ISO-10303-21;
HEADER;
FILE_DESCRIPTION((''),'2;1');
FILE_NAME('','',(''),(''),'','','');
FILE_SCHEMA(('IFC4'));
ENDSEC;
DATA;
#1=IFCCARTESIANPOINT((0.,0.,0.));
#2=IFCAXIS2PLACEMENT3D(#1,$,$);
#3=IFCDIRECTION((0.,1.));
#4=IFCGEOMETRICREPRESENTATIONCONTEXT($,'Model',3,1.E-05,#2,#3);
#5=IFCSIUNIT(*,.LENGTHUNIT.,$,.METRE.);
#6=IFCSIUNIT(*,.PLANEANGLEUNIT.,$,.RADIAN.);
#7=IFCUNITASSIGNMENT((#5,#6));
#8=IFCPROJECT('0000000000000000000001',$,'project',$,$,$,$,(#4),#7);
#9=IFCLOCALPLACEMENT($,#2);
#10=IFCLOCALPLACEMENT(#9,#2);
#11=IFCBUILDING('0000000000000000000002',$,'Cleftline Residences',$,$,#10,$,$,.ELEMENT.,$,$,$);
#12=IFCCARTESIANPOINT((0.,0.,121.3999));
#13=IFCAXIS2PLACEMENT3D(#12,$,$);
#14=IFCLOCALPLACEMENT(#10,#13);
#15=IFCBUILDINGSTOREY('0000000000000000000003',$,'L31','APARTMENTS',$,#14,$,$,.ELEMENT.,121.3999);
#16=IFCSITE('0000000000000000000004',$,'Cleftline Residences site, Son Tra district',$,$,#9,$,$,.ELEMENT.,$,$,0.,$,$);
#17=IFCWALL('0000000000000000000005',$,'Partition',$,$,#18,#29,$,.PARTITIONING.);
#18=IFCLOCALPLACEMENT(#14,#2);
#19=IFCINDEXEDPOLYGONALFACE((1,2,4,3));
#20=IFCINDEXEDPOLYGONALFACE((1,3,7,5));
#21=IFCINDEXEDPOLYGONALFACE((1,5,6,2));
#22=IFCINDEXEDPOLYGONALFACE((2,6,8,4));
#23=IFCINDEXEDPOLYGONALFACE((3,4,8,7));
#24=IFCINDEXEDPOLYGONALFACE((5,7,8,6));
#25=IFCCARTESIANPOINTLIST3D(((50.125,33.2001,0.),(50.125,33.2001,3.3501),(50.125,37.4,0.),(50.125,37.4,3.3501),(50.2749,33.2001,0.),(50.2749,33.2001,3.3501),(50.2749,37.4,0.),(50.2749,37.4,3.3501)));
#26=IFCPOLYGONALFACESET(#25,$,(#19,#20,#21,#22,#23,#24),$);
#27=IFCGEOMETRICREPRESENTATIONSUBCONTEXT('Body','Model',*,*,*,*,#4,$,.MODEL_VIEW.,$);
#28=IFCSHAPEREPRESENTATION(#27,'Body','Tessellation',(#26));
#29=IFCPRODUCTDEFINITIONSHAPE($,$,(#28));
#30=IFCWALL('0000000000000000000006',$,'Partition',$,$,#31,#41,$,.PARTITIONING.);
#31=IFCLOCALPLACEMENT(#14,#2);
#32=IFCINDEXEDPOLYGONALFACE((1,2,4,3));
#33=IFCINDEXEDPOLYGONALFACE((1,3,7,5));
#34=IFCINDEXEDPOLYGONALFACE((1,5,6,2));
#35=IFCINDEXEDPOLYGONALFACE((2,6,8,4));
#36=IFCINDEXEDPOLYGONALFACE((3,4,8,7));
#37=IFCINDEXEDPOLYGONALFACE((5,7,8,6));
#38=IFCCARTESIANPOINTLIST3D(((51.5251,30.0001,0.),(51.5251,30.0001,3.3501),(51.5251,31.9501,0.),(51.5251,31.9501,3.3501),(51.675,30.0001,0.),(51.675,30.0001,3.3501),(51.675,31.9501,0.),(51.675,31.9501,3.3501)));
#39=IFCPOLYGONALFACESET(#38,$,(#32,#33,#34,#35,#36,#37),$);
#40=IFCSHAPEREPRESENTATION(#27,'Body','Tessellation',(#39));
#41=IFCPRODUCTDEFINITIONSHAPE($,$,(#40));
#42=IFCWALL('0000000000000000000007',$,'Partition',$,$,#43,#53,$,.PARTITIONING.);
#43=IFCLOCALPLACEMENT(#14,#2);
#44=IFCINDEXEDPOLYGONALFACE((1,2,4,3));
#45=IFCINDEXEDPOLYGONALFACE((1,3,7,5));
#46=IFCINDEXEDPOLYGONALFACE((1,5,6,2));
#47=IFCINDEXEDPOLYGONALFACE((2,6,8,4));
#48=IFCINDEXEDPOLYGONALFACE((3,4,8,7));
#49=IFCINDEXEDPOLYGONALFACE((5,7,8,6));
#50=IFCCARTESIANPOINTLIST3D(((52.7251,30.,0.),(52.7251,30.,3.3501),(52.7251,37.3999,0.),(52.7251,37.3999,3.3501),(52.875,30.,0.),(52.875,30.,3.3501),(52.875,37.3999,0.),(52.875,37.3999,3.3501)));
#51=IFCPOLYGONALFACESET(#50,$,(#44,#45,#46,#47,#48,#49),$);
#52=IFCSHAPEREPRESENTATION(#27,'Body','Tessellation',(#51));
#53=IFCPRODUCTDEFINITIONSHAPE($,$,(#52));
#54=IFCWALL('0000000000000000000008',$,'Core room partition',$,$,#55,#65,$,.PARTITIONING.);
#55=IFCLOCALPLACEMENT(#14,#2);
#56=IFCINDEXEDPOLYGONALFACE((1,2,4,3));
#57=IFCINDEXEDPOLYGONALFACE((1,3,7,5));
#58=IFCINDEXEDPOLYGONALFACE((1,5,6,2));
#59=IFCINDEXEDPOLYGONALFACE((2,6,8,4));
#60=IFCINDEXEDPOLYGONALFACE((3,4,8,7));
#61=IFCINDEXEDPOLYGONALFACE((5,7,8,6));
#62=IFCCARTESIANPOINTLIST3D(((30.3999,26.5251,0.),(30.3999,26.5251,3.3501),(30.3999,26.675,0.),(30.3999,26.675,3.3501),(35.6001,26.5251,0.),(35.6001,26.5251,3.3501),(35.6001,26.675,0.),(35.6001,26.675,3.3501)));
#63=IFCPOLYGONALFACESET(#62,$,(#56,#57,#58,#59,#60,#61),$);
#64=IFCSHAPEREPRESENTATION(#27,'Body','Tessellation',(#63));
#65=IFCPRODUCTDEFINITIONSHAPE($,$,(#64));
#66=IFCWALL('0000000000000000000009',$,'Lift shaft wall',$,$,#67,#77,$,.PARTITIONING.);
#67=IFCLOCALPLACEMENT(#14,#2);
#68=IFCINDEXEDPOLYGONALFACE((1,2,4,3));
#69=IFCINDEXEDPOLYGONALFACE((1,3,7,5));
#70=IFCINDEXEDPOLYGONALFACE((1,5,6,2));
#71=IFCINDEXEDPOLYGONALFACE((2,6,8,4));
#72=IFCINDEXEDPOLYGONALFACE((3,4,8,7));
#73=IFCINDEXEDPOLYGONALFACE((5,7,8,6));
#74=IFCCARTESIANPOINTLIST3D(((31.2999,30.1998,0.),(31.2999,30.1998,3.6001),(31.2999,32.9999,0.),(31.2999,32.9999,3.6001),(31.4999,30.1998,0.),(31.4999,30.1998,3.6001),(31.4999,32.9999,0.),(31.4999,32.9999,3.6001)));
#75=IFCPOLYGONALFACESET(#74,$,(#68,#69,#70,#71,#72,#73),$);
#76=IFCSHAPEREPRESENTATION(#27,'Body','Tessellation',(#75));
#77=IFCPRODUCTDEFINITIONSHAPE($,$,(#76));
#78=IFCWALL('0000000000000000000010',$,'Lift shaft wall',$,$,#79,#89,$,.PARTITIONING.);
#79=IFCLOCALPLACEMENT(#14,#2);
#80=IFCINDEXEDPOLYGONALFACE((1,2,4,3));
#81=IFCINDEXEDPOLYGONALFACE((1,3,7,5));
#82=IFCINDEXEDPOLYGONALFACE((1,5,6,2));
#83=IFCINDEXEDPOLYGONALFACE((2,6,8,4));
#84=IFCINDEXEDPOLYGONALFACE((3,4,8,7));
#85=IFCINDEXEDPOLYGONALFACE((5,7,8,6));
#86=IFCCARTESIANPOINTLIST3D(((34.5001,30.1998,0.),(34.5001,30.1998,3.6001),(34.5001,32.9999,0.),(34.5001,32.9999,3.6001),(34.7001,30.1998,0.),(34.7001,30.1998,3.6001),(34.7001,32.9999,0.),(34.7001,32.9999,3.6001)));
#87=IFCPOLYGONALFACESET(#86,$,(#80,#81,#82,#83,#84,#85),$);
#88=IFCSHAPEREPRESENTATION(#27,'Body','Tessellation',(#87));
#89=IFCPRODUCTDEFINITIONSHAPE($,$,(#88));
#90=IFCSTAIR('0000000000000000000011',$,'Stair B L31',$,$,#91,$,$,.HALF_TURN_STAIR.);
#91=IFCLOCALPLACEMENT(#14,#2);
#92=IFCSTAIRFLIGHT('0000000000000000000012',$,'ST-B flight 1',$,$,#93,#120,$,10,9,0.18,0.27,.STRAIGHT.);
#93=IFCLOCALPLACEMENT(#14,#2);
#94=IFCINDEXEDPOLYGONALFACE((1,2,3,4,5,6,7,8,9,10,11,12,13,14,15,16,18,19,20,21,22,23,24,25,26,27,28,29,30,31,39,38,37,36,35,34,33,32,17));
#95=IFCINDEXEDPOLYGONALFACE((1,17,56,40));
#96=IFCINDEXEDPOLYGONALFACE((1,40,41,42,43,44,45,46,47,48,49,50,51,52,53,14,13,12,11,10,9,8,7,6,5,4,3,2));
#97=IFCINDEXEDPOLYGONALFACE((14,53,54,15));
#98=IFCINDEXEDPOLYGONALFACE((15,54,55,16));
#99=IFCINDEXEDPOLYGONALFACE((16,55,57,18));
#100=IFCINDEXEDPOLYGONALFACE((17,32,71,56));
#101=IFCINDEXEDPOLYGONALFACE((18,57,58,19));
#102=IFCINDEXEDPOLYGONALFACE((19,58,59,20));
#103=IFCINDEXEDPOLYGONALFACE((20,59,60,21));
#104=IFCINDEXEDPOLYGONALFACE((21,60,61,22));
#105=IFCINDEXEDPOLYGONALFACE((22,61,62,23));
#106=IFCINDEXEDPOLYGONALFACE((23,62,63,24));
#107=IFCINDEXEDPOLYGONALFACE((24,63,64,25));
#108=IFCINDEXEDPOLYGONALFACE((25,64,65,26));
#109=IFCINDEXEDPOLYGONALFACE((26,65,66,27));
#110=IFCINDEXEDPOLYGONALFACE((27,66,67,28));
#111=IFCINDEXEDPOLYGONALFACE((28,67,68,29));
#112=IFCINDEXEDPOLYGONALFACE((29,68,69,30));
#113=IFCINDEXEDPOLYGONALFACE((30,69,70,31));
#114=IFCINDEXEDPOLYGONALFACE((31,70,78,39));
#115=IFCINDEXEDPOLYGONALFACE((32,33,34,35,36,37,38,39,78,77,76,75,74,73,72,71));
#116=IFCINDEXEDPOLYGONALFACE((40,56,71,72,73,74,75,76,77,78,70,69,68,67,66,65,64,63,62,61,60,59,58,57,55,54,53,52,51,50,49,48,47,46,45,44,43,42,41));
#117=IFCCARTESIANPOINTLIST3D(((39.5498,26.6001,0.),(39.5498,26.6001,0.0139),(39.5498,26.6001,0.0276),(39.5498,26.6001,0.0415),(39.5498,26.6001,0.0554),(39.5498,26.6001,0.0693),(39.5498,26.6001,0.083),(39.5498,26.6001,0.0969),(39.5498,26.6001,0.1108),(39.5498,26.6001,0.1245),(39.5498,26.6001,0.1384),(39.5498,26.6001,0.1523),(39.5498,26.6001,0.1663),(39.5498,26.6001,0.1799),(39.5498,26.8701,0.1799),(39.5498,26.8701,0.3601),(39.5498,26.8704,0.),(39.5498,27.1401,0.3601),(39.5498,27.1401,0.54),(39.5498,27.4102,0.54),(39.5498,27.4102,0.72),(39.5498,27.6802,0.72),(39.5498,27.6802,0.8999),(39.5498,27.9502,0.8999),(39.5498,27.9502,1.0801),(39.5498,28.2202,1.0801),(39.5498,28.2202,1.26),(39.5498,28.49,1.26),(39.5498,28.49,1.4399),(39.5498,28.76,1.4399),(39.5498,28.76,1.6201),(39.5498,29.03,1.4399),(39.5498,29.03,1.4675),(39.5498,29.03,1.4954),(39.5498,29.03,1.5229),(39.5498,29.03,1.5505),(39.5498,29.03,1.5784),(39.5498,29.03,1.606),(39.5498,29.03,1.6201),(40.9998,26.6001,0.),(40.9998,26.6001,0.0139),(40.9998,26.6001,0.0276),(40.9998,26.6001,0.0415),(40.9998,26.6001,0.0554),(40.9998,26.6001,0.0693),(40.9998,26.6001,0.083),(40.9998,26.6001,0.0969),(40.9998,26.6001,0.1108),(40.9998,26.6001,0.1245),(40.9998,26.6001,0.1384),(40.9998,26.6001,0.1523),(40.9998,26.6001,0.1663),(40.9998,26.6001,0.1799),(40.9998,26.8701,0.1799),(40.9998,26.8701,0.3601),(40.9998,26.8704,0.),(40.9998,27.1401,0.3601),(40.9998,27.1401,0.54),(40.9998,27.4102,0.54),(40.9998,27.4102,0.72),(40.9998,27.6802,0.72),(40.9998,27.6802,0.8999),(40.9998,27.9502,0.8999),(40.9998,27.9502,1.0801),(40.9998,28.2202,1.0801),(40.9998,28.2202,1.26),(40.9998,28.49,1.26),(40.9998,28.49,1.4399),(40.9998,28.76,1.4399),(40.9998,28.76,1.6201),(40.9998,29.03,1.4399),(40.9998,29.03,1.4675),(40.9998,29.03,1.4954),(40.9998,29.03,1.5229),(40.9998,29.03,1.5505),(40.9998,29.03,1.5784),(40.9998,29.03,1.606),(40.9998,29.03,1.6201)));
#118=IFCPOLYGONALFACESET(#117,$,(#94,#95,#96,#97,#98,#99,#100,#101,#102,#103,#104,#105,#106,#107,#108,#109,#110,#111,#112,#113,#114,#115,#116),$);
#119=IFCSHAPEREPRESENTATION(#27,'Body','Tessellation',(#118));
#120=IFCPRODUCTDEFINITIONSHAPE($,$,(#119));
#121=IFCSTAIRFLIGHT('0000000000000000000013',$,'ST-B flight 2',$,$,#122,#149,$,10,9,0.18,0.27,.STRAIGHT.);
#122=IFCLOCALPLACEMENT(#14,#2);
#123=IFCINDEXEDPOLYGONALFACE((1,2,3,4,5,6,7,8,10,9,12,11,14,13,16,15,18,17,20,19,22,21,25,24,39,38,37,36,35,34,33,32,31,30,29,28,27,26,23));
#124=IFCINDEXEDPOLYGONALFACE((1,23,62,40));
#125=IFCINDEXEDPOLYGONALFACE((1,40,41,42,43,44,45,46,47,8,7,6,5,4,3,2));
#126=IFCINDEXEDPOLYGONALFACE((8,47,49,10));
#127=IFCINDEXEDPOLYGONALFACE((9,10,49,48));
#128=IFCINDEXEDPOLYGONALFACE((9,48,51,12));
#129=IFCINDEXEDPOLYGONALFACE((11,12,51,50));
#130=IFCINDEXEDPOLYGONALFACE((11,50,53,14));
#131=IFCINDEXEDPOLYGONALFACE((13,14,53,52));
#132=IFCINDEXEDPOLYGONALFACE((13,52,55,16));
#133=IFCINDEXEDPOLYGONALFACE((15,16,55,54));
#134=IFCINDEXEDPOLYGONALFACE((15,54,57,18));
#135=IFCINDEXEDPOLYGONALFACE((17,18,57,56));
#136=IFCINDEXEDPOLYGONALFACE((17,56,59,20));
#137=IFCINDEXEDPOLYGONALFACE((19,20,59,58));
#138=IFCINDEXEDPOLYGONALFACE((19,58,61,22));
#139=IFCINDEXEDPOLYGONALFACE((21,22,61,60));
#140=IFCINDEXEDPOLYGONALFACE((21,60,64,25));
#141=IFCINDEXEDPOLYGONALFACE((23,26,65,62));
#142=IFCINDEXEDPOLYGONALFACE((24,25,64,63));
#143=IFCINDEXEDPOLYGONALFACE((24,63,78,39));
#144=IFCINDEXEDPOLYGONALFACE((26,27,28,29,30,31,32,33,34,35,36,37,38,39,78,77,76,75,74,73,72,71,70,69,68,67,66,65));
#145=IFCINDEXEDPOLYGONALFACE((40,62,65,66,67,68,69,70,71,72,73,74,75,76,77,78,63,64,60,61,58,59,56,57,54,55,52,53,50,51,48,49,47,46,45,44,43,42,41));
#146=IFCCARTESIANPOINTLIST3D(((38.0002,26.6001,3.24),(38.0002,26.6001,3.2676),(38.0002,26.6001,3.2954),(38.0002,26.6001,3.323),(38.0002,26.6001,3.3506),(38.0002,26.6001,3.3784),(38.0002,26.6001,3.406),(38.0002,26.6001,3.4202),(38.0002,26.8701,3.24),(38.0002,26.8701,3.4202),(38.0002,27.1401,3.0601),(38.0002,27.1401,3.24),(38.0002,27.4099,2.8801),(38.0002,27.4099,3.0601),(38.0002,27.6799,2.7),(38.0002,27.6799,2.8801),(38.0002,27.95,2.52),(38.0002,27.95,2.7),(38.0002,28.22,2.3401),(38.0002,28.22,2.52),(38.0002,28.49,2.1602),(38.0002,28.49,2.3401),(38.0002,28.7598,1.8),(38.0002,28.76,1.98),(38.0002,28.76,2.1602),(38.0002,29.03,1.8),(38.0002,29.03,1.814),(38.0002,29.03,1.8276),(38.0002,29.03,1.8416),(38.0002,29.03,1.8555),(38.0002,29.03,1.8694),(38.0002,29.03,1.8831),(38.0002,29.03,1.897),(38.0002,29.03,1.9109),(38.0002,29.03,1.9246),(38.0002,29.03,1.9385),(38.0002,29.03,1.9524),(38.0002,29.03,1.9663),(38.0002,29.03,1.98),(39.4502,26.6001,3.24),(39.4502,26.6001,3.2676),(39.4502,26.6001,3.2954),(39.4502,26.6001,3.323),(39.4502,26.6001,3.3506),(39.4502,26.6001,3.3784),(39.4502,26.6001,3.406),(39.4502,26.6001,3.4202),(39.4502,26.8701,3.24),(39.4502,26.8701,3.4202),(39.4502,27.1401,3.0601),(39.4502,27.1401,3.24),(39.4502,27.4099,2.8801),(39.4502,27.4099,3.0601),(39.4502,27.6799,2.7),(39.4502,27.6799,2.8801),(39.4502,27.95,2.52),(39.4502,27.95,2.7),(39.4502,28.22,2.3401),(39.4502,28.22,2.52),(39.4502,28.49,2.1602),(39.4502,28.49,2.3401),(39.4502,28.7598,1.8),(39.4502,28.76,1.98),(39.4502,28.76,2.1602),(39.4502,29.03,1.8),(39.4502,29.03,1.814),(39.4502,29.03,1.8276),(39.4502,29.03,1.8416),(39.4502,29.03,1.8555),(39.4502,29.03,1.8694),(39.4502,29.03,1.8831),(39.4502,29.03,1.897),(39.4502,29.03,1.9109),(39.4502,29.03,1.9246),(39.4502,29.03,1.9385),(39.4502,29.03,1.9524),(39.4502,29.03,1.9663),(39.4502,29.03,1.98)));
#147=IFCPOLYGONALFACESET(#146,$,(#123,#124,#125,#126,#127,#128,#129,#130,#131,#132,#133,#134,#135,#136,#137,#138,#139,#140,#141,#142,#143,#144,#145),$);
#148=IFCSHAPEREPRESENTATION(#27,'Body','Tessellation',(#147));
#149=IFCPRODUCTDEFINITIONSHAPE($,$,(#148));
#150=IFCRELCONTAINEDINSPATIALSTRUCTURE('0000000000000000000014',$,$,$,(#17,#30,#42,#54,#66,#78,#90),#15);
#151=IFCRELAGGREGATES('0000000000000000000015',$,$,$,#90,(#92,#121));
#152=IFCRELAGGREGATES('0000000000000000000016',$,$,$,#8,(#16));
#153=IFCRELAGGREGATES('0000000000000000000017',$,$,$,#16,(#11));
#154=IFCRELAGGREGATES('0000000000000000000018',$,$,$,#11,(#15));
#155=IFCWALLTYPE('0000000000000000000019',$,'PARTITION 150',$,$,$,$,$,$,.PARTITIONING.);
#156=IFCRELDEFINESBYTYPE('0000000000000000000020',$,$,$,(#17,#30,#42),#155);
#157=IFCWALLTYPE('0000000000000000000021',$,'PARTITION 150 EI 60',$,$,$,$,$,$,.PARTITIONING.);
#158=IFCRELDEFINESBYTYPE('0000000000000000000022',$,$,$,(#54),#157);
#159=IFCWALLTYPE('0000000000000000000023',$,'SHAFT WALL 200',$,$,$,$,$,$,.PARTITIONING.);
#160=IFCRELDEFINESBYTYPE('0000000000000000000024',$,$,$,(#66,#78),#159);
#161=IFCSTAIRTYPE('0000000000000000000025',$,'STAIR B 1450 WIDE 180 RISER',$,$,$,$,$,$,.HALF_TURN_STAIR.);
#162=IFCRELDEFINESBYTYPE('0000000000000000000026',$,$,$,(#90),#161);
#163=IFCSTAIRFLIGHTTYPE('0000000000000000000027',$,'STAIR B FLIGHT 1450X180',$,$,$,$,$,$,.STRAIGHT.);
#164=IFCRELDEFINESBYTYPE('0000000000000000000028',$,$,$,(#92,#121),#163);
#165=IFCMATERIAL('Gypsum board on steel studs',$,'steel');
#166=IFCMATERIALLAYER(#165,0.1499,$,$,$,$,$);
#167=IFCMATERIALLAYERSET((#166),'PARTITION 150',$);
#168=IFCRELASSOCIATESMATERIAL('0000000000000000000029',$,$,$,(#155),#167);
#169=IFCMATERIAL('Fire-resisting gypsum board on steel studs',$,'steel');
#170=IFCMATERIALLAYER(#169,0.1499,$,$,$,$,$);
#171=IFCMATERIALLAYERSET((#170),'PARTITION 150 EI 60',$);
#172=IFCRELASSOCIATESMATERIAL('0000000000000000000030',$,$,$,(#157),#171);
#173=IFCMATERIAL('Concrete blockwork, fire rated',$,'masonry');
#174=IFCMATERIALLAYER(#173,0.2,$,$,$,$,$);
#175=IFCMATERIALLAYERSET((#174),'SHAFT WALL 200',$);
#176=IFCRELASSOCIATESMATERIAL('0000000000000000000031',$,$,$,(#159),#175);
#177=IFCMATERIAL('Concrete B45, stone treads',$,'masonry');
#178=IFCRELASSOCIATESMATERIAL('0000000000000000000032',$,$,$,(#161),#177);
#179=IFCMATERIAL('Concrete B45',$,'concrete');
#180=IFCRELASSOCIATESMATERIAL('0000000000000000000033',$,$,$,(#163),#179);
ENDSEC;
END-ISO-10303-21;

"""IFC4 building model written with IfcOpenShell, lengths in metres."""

from ifc_helpers import new_model, si_unit, direction, frame, frame_2d, origin, place, context, subcontext, project, spatial, polyline, rectangle, outline, extrude, material, layer, layer_set, type_object, element, aggregate, save


model = new_model("IFC4")

# Units and contexts
model_context = context("Model", 3, precision=1e-05, world=origin(), true_north=direction((0.0, 1.0)))
body_context = subcontext(model_context, "Body", "Model", "MODEL_VIEW")
ifc_project = project(units=[si_unit("LENGTHUNIT", "METRE"), si_unit("PLANEANGLEUNIT", "RADIAN")], contexts=[model_context])

# Site, building, storey
site_placement = place(None, origin())
site = spatial("IfcSite", under=ifc_project, at=site_placement, Name="Cleftline Residences site, Son Tra district", CompositionType="ELEMENT", RefElevation=0.0)
building_placement = place(site_placement, origin())
building = spatial("IfcBuilding", under=site, at=building_placement, Name="Cleftline Residences", CompositionType="ELEMENT")
storey_placement = place(building_placement, frame((0.0, 0.0, 121.3999)))
storey = spatial("IfcBuildingStorey", under=building, at=storey_placement, Name="L31", Description="APARTMENTS", CompositionType="ELEMENT", Elevation=121.3999)

# Shared definitions
ifc_material_1 = material(Name="Gypsum board on steel studs", Category="steel")
ifc_layer_1 = layer(ifc_material_1, 0.1499)
ifc_layer_set_1 = layer_set([ifc_layer_1], Name="PARTITION 150")
wall_type_1 = type_object("IfcWallType", Name="PARTITION 150", PredefinedType="PARTITIONING", material=ifc_layer_set_1)

# Walls
wall_1_placement = place(storey_placement, frame((50.2, 33.2, 0.0), z_axis=(0.0, 0.0, 1.0), x_axis=(0.0, 1.0, 0.0)))
element("IfcWall", 1, at=wall_1_placement, inside=storey, type_object=wall_type_1, Name="Partition", PredefinedType="PARTITIONING", context=body_context, shape_type="SweptSolid", body=[
    extrude(rectangle(XDim=4.2, YDim=0.1499, at=frame_2d((2.1001, 0.0))), origin(), (0.0, 0.0, 1.0), 3.3501),
])
wall_2_placement = place(storey_placement, frame((51.6001, 30.0, 0.0), z_axis=(0.0, 0.0, 1.0), x_axis=(0.0, 1.0, 0.0)))
element("IfcWall", 2, at=wall_2_placement, inside=storey, type_object=wall_type_1, Name="Partition", PredefinedType="PARTITIONING", context=body_context, shape_type="SweptSolid", body=[
    extrude(rectangle(XDim=1.95, YDim=0.1499, at=frame_2d((0.9751, 0.0))), origin(), (0.0, 0.0, 1.0), 3.3501),
])
wall_3_placement = place(storey_placement, frame((52.8, 30.0, 0.0), z_axis=(0.0, 0.0, 1.0), x_axis=(0.0, 1.0, 0.0)))
element("IfcWall", 3, at=wall_3_placement, inside=storey, type_object=wall_type_1, Name="Partition", PredefinedType="PARTITIONING", context=body_context, shape_type="SweptSolid", body=[
    extrude(rectangle(XDim=7.3999, YDim=0.1499, at=frame_2d((3.7, 0.0))), origin(), (0.0, 0.0, 1.0), 3.3501),
])
ifc_material_2 = material(Name="Fire-resisting gypsum board on steel studs", Category="steel")
ifc_layer_2 = layer(ifc_material_2, 0.1499)
ifc_layer_set_2 = layer_set([ifc_layer_2], Name="PARTITION 150 EI 60")
wall_type_2 = type_object("IfcWallType", Name="PARTITION 150 EI 60", PredefinedType="PARTITIONING", material=ifc_layer_set_2)
wall_4_placement = place(storey_placement, frame((30.3999, 26.6001, 0.0), z_axis=(0.0, 0.0, 1.0), x_axis=(1.0, 0.0, 0.0)))
element("IfcWall", 4, at=wall_4_placement, inside=storey, type_object=wall_type_2, Name="Core room partition", PredefinedType="PARTITIONING", context=body_context, shape_type="SweptSolid", body=[
    extrude(rectangle(XDim=5.2002, YDim=0.1499, at=frame_2d((2.6001, 0.0))), origin(), (0.0, 0.0, 1.0), 3.3501),
])
ifc_material_3 = material(Name="Concrete blockwork, fire rated", Category="masonry")
ifc_layer_3 = layer(ifc_material_3, 0.2)
ifc_layer_set_3 = layer_set([ifc_layer_3], Name="SHAFT WALL 200")
wall_type_3 = type_object("IfcWallType", Name="SHAFT WALL 200", PredefinedType="PARTITIONING", material=ifc_layer_set_3)
for number, where, z_axis, x_axis, name in (
    (5, (31.3999, 30.2, 0.0), (0.0, 0.0, 1.0), (0.0, 1.0, 0.0), "Lift shaft wall"),
    (6, (34.6001, 30.2, 0.0), (0.0, 0.0, 1.0), (0.0, 1.0, 0.0), "Lift shaft wall"),
):
    element("IfcWall", number, at=place(storey_placement, frame(where, z_axis=z_axis, x_axis=x_axis)), inside=storey, type_object=wall_type_3, Name=name, PredefinedType="PARTITIONING", context=body_context, shape_type="SweptSolid", body=[
        extrude(rectangle(XDim=2.8, YDim=0.2, at=frame_2d((1.3999, 0.0))), origin(), (0.0, 0.0, 1.0), 3.6001),
    ])

# Stair, stair flights
ifc_material_4 = material(Name="Concrete B45, stone treads", Category="masonry")
stair_type = type_object("IfcStairType", Name="STAIR B 1450 WIDE 180 RISER", PredefinedType="HALF_TURN_STAIR", material=ifc_material_4)
stair_placement = place(storey_placement, origin())
stair = element("IfcStair", 7, at=stair_placement, inside=storey, type_object=stair_type, Name="Stair B L31", PredefinedType="HALF_TURN_STAIR")
ifc_material_5 = material(Name="Concrete B45", Category="concrete")
stair_flight_type = type_object("IfcStairFlightType", Name="STAIR B FLIGHT 1450X180", PredefinedType="STRAIGHT", material=ifc_material_5)
stair_flight_1_placement = place(storey_placement, frame((40.2749, 26.6001, 0.0), z_axis=(0.0, 0.0, 1.0), x_axis=(0.0, 1.0, 0.0)))
stair_flight_1 = element("IfcStairFlight", 8, at=stair_flight_1_placement, type_object=stair_flight_type, Name="ST-B flight 1", NumberOfRisers=10, NumberOfTreads=9, PredefinedType="STRAIGHT", RiserHeight=0.18, TreadLength=0.27, context=body_context, shape_type="SweptSolid", body=[
    extrude(outline(polyline([(0.0, 0.0), (0.0, 0.0139), (0.0, 0.0276), (0.0, 0.0415), (0.0, 0.0554), (0.0, 0.0693), (0.0, 0.083), (0.0, 0.0969), (0.0, 0.1108), (0.0, 0.1245), (0.0, 0.1384), (0.0, 0.1523), (0.0, 0.1663), (0.0, 0.1799), (0.27, 0.1799), (0.27, 0.3601), (0.54, 0.3601), (0.54, 0.54), (0.8101, 0.54), (0.8101, 0.72), (1.0801, 0.72), (1.0801, 0.8999), (1.3501, 0.8999), (1.3501, 1.0801), (1.6201, 1.0801), (1.6201, 1.26), (1.8899, 1.26), (1.8899, 1.4399), (2.1599, 1.4399), (2.1599, 1.6201), (2.4299, 1.6201), (2.4299, 1.8), (2.4299, 1.7722), (2.4299, 1.7446), (2.4299, 1.7168), (2.4299, 1.6892), (2.4299, 1.6614), (2.4299, 1.6338), (2.4299, 1.606), (2.4299, 1.5784), (2.4299, 1.5505), (2.4299, 1.5229), (2.4299, 1.4954), (2.4299, 1.4675), (2.4299, 1.4399), (0.2703, 0.0), (0.0, 0.0)])), frame((0.0, 0.7251, 0.0), z_axis=(0.0, -1.0, 0.0), x_axis=(1.0, 0.0, 0.0)), (0.0, 0.0, 1.0), 1.45),
])
stair_flight_2_placement = place(storey_placement, frame((38.7251, 29.03, 1.8), z_axis=(0.0, 0.0, 1.0), x_axis=(0.0, -1.0, 0.0)))
stair_flight_2 = element("IfcStairFlight", 9, at=stair_flight_2_placement, type_object=stair_flight_type, Name="ST-B flight 2", NumberOfRisers=10, NumberOfTreads=9, PredefinedType="STRAIGHT", RiserHeight=0.18, TreadLength=0.27, context=body_context, shape_type="SweptSolid", body=[
    extrude(outline(polyline([(0.0, 0.0), (0.0, 0.0139), (0.0, 0.0276), (0.0, 0.0415), (0.0, 0.0554), (0.0, 0.0693), (0.0, 0.083), (0.0, 0.0969), (0.0, 0.1108), (0.0, 0.1245), (0.0, 0.1384), (0.0, 0.1523), (0.0, 0.1663), (0.0, 0.1799), (0.27, 0.1799), (0.27, 0.3601), (0.54, 0.3601), (0.54, 0.54), (0.8101, 0.54), (0.8101, 0.72), (1.0801, 0.72), (1.0801, 0.8999), (1.3501, 0.8999), (1.3501, 1.0801), (1.6201, 1.0801), (1.6201, 1.26), (1.8899, 1.26), (1.8899, 1.4399), (2.1599, 1.4399), (2.1599, 1.6201), (2.4299, 1.6201), (2.4299, 1.8), (2.4299, 1.7722), (2.4299, 1.7446), (2.4299, 1.7168), (2.4299, 1.6892), (2.4299, 1.6614), (2.4299, 1.6338), (2.4299, 1.606), (2.4299, 1.5784), (2.4299, 1.5505), (2.4299, 1.5229), (2.4299, 1.4954), (2.4299, 1.4675), (2.4299, 1.4399), (0.2703, 0.0), (0.0, 0.0)])), frame((0.0, 0.7251, 0.0), z_axis=(0.0, -1.0, 0.0), x_axis=(1.0, 0.0, 0.0)), (0.0, 0.0, 1.0), 1.45),
])
aggregate(stair, [stair_flight_1, stair_flight_2])

save(model, "model.ifc")
